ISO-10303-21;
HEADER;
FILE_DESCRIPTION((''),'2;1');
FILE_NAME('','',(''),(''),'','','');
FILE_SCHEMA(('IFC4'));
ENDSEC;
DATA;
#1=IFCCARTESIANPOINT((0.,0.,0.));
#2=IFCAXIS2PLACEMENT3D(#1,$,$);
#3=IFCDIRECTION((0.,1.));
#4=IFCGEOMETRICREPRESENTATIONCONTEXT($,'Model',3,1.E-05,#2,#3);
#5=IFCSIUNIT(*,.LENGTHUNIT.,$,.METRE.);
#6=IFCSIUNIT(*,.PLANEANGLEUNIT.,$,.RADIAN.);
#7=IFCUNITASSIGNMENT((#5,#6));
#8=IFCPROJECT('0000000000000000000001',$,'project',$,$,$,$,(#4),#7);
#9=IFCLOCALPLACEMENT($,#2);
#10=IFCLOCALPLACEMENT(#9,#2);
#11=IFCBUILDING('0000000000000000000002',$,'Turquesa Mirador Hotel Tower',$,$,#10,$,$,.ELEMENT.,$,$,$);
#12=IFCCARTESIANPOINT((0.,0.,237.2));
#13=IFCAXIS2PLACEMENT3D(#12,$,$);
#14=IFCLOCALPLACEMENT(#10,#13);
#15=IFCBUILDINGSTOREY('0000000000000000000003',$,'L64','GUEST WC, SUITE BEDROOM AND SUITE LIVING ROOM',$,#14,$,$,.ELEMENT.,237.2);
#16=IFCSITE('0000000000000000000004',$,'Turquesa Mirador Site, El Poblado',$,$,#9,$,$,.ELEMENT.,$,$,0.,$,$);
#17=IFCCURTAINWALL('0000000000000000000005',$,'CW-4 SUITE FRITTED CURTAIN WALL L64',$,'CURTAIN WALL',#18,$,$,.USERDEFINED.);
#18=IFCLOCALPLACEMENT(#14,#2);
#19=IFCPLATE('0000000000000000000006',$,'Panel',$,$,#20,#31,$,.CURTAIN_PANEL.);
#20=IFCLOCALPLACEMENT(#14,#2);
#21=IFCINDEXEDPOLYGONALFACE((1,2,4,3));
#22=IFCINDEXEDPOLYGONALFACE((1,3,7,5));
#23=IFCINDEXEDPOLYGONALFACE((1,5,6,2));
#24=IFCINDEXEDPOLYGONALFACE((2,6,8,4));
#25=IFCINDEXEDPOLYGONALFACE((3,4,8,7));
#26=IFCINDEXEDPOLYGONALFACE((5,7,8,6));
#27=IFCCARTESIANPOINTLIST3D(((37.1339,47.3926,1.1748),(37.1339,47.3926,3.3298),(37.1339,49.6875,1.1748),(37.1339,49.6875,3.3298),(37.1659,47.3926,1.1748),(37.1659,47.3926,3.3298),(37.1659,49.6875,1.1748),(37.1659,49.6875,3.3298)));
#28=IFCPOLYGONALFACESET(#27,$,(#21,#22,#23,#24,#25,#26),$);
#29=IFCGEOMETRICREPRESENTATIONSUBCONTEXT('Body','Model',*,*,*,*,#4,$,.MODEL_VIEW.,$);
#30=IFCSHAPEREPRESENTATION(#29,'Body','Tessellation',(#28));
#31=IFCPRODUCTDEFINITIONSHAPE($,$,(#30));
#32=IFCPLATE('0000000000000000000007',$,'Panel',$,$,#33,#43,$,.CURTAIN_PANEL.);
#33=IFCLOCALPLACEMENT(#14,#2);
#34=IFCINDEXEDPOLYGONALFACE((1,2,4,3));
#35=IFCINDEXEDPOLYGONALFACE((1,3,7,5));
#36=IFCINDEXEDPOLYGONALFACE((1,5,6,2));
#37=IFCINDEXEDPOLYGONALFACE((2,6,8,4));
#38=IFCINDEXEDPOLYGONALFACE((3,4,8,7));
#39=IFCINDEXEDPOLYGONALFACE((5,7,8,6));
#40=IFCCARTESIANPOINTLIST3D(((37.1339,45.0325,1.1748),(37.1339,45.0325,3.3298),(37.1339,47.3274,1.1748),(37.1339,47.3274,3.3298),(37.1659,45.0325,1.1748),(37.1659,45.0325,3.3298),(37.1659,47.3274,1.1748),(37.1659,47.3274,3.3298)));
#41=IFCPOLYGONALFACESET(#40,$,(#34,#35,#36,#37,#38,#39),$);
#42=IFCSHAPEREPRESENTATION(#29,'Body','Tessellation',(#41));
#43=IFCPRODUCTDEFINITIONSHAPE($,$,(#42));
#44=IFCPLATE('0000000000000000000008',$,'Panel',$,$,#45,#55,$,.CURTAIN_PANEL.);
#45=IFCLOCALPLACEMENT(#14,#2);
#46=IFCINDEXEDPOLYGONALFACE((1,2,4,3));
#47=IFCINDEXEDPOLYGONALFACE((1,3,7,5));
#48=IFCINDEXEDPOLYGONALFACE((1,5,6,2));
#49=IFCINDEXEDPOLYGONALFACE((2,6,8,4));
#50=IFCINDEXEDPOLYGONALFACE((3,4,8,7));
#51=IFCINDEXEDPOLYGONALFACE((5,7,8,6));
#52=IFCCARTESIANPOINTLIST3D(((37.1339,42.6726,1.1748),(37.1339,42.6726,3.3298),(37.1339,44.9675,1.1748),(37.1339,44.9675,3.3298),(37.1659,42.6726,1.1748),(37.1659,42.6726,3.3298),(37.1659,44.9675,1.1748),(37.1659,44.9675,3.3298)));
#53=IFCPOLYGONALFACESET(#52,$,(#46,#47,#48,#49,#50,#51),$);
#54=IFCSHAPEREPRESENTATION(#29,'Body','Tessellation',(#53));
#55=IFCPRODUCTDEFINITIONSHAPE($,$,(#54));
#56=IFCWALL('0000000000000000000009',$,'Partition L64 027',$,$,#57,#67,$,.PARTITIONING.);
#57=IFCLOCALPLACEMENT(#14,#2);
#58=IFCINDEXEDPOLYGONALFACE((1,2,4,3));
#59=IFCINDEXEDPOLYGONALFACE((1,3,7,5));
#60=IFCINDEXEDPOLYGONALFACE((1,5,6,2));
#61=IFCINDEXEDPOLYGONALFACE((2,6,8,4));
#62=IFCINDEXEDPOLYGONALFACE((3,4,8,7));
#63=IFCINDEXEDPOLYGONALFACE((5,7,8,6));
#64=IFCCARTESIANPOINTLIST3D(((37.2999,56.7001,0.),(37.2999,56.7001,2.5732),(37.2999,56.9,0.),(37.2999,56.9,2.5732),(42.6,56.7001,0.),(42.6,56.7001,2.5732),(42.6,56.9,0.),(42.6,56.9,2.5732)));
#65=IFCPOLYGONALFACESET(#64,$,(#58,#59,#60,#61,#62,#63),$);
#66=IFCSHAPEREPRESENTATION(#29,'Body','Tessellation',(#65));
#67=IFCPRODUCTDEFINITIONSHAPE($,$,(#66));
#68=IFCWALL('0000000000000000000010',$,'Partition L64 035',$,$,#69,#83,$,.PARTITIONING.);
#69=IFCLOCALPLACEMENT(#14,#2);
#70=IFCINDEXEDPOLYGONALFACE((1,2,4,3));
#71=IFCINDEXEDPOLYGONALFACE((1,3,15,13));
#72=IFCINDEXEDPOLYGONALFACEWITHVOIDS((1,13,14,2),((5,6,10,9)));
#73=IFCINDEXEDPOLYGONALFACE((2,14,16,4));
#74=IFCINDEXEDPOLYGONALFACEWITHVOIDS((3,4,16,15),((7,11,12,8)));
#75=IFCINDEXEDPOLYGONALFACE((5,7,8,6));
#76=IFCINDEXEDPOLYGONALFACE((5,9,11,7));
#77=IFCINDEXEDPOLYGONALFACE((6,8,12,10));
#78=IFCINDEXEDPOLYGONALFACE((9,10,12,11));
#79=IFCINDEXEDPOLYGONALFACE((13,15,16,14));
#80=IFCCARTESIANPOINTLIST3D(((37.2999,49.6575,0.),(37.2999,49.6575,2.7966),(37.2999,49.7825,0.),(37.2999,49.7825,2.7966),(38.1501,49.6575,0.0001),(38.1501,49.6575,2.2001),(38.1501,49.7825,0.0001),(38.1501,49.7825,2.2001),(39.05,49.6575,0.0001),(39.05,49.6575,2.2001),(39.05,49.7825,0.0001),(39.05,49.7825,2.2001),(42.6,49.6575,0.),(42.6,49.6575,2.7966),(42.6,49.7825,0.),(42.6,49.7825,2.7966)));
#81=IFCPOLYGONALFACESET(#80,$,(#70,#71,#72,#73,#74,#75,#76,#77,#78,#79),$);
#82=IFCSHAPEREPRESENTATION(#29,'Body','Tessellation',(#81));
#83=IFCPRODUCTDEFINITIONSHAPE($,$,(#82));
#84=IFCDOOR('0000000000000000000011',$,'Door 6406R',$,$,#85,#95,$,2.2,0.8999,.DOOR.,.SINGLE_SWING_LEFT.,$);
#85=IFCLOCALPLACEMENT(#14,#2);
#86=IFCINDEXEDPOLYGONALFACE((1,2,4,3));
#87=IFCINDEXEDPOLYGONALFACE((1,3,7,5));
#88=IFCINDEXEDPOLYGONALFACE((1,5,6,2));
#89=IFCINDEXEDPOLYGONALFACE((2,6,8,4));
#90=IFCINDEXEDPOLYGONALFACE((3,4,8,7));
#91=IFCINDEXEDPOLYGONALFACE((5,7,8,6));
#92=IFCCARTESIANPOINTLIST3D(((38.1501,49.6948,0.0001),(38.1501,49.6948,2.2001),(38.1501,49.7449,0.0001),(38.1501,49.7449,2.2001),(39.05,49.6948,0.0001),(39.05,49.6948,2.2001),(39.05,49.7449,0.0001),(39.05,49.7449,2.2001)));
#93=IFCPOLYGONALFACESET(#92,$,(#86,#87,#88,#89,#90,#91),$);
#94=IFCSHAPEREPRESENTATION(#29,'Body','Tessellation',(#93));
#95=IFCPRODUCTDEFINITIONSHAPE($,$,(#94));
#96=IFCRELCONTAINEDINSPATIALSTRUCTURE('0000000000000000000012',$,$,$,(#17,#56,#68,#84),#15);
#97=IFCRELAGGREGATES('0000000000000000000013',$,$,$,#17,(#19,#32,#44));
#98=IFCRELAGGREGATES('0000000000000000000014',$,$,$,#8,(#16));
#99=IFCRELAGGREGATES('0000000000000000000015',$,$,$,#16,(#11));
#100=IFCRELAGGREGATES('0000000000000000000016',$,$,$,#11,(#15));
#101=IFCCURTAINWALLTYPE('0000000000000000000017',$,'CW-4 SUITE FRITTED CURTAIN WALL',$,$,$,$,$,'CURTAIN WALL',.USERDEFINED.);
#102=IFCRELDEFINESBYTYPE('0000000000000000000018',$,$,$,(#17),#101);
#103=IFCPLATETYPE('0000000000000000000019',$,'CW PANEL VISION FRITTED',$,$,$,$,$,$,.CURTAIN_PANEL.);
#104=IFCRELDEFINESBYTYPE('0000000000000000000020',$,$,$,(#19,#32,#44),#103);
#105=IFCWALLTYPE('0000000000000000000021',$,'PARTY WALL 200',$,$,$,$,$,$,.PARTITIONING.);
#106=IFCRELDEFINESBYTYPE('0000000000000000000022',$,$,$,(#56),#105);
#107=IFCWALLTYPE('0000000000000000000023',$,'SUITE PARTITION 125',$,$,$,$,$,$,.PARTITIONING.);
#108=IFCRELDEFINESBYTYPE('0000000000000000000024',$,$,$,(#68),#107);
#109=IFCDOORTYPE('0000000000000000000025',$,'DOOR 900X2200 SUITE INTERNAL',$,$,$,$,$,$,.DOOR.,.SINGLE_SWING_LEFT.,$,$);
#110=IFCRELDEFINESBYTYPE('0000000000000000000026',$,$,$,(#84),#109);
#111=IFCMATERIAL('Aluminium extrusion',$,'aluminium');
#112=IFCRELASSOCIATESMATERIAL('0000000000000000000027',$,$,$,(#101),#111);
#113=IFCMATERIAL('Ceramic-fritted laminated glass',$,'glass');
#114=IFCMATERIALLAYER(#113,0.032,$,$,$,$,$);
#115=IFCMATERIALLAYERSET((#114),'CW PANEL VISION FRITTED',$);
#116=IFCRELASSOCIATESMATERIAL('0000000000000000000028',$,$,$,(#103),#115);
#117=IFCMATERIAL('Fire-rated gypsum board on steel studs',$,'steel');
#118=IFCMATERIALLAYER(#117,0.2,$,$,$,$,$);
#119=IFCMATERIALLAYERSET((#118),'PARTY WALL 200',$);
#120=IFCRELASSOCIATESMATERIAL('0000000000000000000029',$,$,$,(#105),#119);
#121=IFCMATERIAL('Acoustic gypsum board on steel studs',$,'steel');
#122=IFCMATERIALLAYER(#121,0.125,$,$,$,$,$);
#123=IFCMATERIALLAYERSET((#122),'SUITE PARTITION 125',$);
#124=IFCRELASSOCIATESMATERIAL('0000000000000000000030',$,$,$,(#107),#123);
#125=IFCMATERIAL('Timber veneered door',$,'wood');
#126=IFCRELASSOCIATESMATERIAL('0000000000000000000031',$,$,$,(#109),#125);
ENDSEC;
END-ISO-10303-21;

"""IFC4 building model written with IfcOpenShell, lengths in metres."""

from ifc_helpers import new_model, si_unit, direction, frame, frame_2d, origin, origin_2d, place, context, subcontext, project, spatial, rectangle, extrude, material, layer, layer_set, type_object, element, fill, aggregate, save


model = new_model("IFC4")

# Units and contexts
model_context = context("Model", 3, precision=1e-05, world=origin(), true_north=direction((0.0, 1.0)))
body_context = subcontext(model_context, "Body", "Model", "MODEL_VIEW")
ifc_project = project(units=[si_unit("LENGTHUNIT", "METRE"), si_unit("PLANEANGLEUNIT", "RADIAN")], contexts=[model_context])

# Site, building, storey
site_placement = place(None, origin())
site = spatial("IfcSite", under=ifc_project, at=site_placement, Name="Turquesa Mirador Site, El Poblado", CompositionType="ELEMENT", RefElevation=0.0)
building_placement = place(site_placement, origin())
building = spatial("IfcBuilding", under=site, at=building_placement, Name="Turquesa Mirador Hotel Tower", CompositionType="ELEMENT")
storey_placement = place(building_placement, frame((0.0, 0.0, 237.2)))
storey = spatial("IfcBuildingStorey", under=building, at=storey_placement, Name="L64", Description="GUEST WC, SUITE BEDROOM AND SUITE LIVING ROOM", CompositionType="ELEMENT", Elevation=237.2)

# Curtain wall
ifc_material_1 = material(Name="Aluminium extrusion", Category="aluminium")
curtain_wall_type = type_object("IfcCurtainWallType", Name="CW-4 SUITE FRITTED CURTAIN WALL", ElementType="CURTAIN WALL", PredefinedType="USERDEFINED", material=ifc_material_1)
curtain_wall_1_placement = place(storey_placement, origin())
curtain_wall_1 = element("IfcCurtainWall", 1, at=curtain_wall_1_placement, inside=storey, type_object=curtain_wall_type, Name="CW-4 SUITE FRITTED CURTAIN WALL L64", ObjectType="CURTAIN WALL", PredefinedType="USERDEFINED")

# Plates
ifc_material_2 = material(Name="Ceramic-fritted laminated glass", Category="glass")
ifc_layer_1 = layer(ifc_material_2, 0.032)
ifc_layer_set_1 = layer_set([ifc_layer_1], Name="CW PANEL VISION FRITTED")
plate_type_1 = type_object("IfcPlateType", Name="CW PANEL VISION FRITTED", PredefinedType="CURTAIN_PANEL", material=ifc_layer_set_1)
plate_1_placement = place(storey_placement, frame((37.1499, 48.54, 1.1748), z_axis=(0.0, 0.0, 1.0), x_axis=(0.0, -1.0, 0.0)))
plate_1 = element("IfcPlate", 2, at=plate_1_placement, type_object=plate_type_1, Name="Panel", PredefinedType="CURTAIN_PANEL", context=body_context, shape_type="SweptSolid", body=[
    extrude(rectangle(XDim=2.2949, YDim=0.032, at=origin_2d()), origin(), (0.0, 0.0, 1.0), 2.155),
])
plate_2_placement = place(storey_placement, frame((37.1499, 46.1799, 1.1748), z_axis=(0.0, 0.0, 1.0), x_axis=(0.0, -1.0, 0.0)))
plate_2 = element("IfcPlate", 3, at=plate_2_placement, type_object=plate_type_1, Name="Panel", PredefinedType="CURTAIN_PANEL", context=body_context, shape_type="SweptSolid", body=[
    extrude(rectangle(XDim=2.2949, YDim=0.032, at=origin_2d()), origin(), (0.0, 0.0, 1.0), 2.155),
])
plate_3_placement = place(storey_placement, frame((37.1499, 43.8201, 1.1748), z_axis=(0.0, 0.0, 1.0), x_axis=(0.0, -1.0, 0.0)))
plate_3 = element("IfcPlate", 4, at=plate_3_placement, type_object=plate_type_1, Name="Panel", PredefinedType="CURTAIN_PANEL", context=body_context, shape_type="SweptSolid", body=[
    extrude(rectangle(XDim=2.2949, YDim=0.032, at=origin_2d()), origin(), (0.0, 0.0, 1.0), 2.155),
])
aggregate(curtain_wall_1, [plate_1, plate_2, plate_3])

# Wall
ifc_material_3 = material(Name="Fire-rated gypsum board on steel studs", Category="steel")
ifc_layer_2 = layer(ifc_material_3, 0.2)
ifc_layer_set_2 = layer_set([ifc_layer_2], Name="PARTY WALL 200")
wall_type_1 = type_object("IfcWallType", Name="PARTY WALL 200", PredefinedType="PARTITIONING", material=ifc_layer_set_2)
wall_1_placement = place(storey_placement, frame((37.3, 56.8, 0.0), z_axis=(0.0, 0.0, 1.0), x_axis=(1.0, 0.0, 0.0)))
element("IfcWall", 5, at=wall_1_placement, inside=storey, type_object=wall_type_1, Name="Partition L64 027", PredefinedType="PARTITIONING", context=body_context, shape_type="SweptSolid", body=[
    extrude(rectangle(XDim=5.3, YDim=0.2, at=frame_2d((2.6499, 0.0))), origin(), (0.0, 0.0, 1.0), 2.5732),
])

# Wall, opening, door
ifc_material_4 = material(Name="Acoustic gypsum board on steel studs", Category="steel")
ifc_layer_3 = layer(ifc_material_4, 0.125)
ifc_layer_set_3 = layer_set([ifc_layer_3], Name="SUITE PARTITION 125")
wall_type_2 = type_object("IfcWallType", Name="SUITE PARTITION 125", PredefinedType="PARTITIONING", material=ifc_layer_set_3)
wall_2_placement = place(storey_placement, frame((37.3, 49.72, 0.0), z_axis=(0.0, 0.0, 1.0), x_axis=(1.0, 0.0, 0.0)))
wall_2 = element("IfcWall", 6, at=wall_2_placement, inside=storey, type_object=wall_type_2, Name="Partition L64 035", PredefinedType="PARTITIONING", context=body_context, shape_type="SweptSolid", body=[
    extrude(rectangle(XDim=5.3, YDim=0.125, at=frame_2d((2.6499, 0.0))), origin(), (0.0, 0.0, 1.0), 2.7966),
])
opening_placement = place(wall_2_placement, frame((0.8501, 0.0, 0.0)))
opening = element("IfcOpeningElement", 7, at=opening_placement, cuts=wall_2, PredefinedType="OPENING", context=body_context, shape_type="SweptSolid", body=[
    extrude(rectangle(XDim=0.8999, YDim=2.2, at=frame_2d((0.45, 1.1001))), frame((0.0, 0.0725, 0.0), z_axis=(0.0, -1.0, 0.0), x_axis=(1.0, 0.0, 0.0)), (0.0, 0.0, 1.0), 0.145),
])
ifc_material_5 = material(Name="Timber veneered door", Category="wood")
door_type = type_object("IfcDoorType", Name="DOOR 900X2200 SUITE INTERNAL", OperationType="SINGLE_SWING_LEFT", PredefinedType="DOOR", material=ifc_material_5)
door_placement = place(opening_placement, origin())
door = element("IfcDoor", 8, at=door_placement, inside=storey, type_object=door_type, Name="Door 6406R", OperationType="SINGLE_SWING_LEFT", OverallHeight=2.2, OverallWidth=0.8999, PredefinedType="DOOR", context=body_context, shape_type="SweptSolid", body=[
    extrude(rectangle(XDim=0.8999, YDim=2.2, at=frame_2d((0.45, 1.1001))), frame((0.0, 0.0249, 0.0), z_axis=(0.0, -1.0, 0.0), x_axis=(1.0, 0.0, 0.0)), (0.0, 0.0, 1.0), 0.05),
])
fill(opening, door)

save(model, "model.ifc")
